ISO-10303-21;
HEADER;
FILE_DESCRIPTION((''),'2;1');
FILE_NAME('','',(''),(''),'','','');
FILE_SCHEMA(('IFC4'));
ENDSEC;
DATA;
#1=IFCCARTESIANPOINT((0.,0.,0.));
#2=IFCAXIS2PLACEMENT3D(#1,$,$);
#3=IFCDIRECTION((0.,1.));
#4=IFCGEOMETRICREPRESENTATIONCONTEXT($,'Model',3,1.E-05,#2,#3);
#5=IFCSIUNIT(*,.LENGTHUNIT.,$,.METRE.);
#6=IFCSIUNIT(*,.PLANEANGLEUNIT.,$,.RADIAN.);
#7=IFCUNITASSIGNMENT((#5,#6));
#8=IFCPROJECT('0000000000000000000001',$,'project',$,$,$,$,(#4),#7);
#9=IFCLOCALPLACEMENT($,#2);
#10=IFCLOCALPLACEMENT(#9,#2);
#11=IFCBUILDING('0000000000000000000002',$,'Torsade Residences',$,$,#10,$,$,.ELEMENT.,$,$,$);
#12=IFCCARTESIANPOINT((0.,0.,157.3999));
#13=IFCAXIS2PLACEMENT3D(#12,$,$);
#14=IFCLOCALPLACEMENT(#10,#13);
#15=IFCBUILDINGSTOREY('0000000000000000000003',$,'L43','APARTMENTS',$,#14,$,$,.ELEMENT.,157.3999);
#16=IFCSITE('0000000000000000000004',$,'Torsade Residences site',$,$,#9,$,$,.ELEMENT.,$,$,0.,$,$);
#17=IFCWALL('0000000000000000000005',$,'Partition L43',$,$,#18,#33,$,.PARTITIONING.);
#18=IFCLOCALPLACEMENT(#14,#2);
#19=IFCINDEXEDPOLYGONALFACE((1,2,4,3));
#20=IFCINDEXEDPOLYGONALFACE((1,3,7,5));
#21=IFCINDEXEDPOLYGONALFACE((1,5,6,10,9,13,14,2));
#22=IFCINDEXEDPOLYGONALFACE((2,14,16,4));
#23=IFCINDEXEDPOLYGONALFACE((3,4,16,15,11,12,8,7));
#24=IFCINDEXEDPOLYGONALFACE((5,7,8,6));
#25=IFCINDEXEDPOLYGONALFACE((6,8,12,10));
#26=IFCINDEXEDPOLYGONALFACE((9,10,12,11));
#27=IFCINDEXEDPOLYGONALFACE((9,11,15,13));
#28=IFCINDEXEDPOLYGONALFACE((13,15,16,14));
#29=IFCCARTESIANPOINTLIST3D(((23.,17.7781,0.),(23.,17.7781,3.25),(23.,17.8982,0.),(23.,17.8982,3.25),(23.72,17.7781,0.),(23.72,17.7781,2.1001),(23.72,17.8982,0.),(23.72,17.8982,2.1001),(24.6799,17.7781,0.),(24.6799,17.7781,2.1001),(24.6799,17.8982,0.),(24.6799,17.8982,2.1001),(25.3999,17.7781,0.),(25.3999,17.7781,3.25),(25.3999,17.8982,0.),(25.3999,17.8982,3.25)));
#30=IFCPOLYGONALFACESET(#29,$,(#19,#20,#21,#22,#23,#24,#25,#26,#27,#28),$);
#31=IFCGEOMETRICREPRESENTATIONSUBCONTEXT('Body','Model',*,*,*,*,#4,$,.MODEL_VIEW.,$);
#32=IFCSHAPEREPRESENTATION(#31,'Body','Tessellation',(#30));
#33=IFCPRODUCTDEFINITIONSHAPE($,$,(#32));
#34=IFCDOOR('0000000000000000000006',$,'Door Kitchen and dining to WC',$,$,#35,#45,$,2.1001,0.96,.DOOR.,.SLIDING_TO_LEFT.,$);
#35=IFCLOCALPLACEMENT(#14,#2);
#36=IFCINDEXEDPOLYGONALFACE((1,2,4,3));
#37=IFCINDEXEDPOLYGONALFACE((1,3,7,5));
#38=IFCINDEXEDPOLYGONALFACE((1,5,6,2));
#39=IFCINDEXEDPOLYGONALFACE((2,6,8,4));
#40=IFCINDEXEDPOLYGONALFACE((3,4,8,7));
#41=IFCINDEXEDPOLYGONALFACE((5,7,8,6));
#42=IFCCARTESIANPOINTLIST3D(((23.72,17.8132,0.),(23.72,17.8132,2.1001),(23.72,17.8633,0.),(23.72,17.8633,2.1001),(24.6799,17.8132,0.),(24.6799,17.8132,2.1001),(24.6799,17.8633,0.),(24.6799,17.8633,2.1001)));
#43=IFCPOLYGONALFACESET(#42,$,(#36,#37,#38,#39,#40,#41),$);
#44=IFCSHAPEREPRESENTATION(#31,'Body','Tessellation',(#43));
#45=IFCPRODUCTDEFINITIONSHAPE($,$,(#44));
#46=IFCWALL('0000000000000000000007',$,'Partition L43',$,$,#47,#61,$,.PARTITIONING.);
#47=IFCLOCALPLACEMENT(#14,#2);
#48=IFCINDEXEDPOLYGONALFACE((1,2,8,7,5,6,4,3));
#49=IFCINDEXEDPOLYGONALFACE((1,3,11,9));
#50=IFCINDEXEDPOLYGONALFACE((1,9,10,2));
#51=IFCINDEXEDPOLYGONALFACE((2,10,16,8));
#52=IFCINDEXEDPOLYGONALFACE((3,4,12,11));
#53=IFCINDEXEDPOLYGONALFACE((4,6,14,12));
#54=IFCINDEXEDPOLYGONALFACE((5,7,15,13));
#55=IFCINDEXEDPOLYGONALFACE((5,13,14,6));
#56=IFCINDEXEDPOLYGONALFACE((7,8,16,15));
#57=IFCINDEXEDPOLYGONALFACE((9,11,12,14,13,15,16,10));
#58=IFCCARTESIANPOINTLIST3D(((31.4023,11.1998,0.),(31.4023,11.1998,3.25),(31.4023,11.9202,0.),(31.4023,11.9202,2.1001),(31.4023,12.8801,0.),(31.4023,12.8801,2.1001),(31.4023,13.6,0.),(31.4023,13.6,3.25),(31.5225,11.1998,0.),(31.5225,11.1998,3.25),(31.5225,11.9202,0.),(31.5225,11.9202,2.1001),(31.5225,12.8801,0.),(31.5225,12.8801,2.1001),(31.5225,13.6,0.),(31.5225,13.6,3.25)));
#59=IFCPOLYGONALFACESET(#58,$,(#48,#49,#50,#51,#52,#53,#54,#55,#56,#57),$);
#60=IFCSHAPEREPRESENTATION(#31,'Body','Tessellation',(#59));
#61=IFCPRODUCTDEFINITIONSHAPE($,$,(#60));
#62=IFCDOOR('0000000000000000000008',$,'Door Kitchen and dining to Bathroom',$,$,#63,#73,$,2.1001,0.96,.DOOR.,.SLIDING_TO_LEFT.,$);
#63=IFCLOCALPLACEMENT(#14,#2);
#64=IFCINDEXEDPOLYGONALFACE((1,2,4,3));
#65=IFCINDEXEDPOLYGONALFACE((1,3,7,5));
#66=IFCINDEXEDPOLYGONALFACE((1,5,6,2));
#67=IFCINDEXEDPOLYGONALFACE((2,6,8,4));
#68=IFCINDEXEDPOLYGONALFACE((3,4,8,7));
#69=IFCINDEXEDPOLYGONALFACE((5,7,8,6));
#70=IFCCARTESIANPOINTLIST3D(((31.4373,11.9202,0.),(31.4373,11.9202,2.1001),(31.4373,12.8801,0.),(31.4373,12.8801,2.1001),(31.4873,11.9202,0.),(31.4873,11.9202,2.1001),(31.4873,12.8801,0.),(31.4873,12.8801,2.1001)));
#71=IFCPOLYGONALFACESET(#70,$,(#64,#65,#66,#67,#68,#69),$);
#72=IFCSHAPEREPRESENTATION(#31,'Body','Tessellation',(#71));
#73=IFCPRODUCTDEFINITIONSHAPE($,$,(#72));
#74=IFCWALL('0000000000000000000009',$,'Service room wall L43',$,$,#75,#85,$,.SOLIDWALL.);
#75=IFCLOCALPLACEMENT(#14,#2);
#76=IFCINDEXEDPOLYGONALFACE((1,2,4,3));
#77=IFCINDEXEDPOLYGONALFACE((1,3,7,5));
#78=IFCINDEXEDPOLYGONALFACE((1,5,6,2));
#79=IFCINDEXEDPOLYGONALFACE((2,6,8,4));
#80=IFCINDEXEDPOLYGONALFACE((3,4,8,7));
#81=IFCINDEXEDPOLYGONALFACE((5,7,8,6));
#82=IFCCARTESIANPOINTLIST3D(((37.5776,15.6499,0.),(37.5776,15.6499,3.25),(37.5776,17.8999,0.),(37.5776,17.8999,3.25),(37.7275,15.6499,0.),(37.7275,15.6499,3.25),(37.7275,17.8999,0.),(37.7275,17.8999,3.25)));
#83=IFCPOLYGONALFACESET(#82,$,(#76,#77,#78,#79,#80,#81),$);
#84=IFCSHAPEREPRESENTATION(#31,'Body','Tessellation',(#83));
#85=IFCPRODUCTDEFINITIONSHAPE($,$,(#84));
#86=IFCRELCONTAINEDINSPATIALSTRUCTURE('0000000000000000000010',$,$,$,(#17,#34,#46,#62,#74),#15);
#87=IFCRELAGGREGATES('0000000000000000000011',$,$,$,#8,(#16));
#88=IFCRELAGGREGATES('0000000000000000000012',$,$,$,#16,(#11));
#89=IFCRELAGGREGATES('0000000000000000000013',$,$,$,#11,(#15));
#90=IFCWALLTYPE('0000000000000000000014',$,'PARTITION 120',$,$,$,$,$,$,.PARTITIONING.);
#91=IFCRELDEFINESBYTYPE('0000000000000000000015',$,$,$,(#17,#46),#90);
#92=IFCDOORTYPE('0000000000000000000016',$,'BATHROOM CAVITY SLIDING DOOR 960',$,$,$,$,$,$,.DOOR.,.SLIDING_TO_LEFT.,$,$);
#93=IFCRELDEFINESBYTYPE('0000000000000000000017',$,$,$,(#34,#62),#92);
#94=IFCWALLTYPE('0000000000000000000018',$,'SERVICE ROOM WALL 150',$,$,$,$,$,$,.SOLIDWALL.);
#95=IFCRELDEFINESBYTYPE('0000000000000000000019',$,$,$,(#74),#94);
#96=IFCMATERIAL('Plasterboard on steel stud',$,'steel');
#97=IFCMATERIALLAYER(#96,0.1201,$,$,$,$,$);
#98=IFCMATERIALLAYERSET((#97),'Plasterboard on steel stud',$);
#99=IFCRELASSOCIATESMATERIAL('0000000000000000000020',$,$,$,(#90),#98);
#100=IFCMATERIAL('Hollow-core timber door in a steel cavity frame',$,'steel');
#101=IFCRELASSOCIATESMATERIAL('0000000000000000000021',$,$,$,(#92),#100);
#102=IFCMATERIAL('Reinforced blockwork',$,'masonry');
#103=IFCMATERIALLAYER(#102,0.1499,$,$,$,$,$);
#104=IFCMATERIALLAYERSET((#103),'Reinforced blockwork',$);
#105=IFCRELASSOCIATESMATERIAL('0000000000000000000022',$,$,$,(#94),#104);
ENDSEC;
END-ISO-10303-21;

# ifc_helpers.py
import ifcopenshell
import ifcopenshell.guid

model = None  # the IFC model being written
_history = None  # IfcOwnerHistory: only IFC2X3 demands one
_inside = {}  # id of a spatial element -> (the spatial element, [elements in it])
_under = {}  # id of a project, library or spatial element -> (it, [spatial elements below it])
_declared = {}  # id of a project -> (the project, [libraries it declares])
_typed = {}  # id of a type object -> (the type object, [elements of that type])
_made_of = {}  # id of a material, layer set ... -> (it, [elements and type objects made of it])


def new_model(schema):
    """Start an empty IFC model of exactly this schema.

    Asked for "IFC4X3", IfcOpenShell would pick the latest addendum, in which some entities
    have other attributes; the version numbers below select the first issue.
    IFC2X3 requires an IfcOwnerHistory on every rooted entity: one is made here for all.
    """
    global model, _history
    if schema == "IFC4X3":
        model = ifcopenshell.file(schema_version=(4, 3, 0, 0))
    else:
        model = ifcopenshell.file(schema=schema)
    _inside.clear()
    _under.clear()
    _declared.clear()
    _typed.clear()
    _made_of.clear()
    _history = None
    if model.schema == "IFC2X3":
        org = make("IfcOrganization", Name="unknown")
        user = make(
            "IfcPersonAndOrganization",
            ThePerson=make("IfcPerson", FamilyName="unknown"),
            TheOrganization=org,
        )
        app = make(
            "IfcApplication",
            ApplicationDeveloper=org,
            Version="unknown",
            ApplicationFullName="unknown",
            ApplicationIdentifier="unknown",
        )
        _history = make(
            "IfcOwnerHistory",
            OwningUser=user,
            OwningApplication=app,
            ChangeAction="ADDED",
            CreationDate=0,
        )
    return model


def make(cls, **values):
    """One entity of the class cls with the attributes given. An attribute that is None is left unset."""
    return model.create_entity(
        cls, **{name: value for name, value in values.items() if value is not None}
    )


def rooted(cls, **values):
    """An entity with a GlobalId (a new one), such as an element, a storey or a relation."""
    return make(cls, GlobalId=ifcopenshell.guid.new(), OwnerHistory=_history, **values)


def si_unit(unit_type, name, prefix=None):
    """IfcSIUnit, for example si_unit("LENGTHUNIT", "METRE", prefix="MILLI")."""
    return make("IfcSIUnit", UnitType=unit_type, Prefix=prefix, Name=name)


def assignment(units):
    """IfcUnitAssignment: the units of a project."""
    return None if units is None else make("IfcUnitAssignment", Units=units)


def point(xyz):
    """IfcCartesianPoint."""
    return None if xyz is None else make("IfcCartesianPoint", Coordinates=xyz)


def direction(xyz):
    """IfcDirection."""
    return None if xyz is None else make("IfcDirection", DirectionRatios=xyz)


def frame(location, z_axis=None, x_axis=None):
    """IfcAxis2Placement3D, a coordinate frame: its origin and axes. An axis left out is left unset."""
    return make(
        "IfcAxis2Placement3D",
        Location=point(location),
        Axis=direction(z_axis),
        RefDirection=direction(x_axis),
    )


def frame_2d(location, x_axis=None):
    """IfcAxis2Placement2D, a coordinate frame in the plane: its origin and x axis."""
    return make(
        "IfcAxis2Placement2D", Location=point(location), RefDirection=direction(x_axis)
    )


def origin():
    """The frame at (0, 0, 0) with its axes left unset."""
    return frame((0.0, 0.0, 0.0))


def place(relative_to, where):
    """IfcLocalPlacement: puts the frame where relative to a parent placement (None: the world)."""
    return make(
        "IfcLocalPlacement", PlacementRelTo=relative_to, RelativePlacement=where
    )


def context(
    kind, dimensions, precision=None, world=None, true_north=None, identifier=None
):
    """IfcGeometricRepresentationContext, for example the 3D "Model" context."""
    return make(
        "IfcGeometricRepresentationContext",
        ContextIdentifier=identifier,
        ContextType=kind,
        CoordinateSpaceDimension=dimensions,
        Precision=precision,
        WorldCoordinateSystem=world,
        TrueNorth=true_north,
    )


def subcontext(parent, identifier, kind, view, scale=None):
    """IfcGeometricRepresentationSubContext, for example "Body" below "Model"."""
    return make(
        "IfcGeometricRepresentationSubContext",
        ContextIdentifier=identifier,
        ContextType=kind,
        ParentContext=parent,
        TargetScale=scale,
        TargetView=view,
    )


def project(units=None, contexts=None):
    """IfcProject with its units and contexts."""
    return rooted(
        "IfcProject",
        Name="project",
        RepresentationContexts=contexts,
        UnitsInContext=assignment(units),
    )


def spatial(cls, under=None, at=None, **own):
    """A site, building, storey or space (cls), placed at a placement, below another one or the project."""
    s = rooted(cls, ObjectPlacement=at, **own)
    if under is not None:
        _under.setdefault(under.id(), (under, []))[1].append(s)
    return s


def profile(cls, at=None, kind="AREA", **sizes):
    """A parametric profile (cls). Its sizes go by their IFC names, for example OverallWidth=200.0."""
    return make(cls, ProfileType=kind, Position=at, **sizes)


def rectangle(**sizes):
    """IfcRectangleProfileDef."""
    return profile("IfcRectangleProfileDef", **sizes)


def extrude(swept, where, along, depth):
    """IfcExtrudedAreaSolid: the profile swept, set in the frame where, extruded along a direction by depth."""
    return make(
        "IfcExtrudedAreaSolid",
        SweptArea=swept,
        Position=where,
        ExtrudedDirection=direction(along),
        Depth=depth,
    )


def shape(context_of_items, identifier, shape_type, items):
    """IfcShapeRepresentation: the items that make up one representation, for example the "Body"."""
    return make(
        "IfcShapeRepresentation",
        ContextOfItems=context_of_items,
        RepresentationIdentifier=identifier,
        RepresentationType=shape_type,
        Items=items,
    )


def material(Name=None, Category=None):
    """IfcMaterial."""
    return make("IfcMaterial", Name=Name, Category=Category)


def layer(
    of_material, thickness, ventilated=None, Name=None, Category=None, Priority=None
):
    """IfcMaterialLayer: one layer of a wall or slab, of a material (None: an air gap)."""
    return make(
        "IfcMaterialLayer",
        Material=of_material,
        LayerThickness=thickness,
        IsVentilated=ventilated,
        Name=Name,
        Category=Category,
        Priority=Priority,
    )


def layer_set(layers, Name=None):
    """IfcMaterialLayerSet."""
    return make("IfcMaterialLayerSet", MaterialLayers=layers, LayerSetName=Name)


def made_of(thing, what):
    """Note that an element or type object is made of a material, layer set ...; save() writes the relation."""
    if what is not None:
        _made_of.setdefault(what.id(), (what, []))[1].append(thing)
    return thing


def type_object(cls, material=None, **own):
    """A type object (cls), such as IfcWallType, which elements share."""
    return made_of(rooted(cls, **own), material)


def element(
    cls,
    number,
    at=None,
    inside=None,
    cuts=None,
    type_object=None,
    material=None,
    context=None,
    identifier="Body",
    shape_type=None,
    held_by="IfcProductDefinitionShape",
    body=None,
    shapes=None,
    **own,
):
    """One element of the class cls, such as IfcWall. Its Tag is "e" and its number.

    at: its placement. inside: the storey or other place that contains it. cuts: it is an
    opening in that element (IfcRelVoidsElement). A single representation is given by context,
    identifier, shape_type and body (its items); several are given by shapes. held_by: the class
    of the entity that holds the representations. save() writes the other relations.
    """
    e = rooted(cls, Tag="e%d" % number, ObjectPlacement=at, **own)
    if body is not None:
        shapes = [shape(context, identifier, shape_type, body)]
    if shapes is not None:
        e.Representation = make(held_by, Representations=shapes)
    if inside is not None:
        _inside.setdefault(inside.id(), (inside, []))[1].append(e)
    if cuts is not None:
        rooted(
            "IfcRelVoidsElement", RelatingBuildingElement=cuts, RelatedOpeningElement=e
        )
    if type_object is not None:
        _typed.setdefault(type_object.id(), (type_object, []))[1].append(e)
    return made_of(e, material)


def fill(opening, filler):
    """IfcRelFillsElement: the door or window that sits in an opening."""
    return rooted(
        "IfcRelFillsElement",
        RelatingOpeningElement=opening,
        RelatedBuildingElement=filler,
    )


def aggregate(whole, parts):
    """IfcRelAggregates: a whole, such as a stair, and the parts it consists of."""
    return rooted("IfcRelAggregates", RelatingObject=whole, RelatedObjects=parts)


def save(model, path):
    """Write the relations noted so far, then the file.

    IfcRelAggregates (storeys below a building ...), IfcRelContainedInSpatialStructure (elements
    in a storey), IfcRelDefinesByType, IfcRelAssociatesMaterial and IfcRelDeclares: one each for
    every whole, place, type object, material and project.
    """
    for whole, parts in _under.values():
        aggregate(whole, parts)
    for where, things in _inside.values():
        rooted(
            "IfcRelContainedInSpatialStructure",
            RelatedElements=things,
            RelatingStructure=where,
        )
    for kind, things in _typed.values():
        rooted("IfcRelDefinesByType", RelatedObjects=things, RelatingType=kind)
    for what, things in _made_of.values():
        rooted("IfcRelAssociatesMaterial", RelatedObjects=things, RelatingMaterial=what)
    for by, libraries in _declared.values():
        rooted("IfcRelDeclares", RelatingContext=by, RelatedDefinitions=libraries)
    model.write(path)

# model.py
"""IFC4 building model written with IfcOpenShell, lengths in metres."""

from ifc_helpers import new_model, si_unit, direction, frame, frame_2d, origin, place, context, subcontext, project, spatial, rectangle, extrude, material, layer, layer_set, type_object, element, fill, save


model = new_model("IFC4")

# Units and contexts
model_context = context("Model", 3, precision=1e-05, world=origin(), true_north=direction((0.0, 1.0)))
body_context = subcontext(model_context, "Body", "Model", "MODEL_VIEW")
ifc_project = project(units=[si_unit("LENGTHUNIT", "METRE"), si_unit("PLANEANGLEUNIT", "RADIAN")], contexts=[model_context])

# Site, building, storey
site_placement = place(None, origin())
site = spatial("IfcSite", under=ifc_project, at=site_placement, Name="Torsade Residences site", CompositionType="ELEMENT", RefElevation=0.0)
building_placement = place(site_placement, origin())
building = spatial("IfcBuilding", under=site, at=building_placement, Name="Torsade Residences", CompositionType="ELEMENT")
storey_placement = place(building_placement, frame((0.0, 0.0, 157.3999)))
storey = spatial("IfcBuildingStorey", under=building, at=storey_placement, Name="L43", Description="APARTMENTS", CompositionType="ELEMENT", Elevation=157.3999)

# Walls, openings, doors
ifc_material_1 = material(Name="Plasterboard on steel stud", Category="steel")
ifc_layer_1 = layer(ifc_material_1, 0.1201)
ifc_layer_set_1 = layer_set([ifc_layer_1], Name="Plasterboard on steel stud")
wall_type_1 = type_object("IfcWallType", Name="PARTITION 120", PredefinedType="PARTITIONING", material=ifc_layer_set_1)
wall_1_placement = place(storey_placement, frame((25.3999, 17.8381, 0.0), z_axis=(0.0, 0.0, 1.0), x_axis=(-1.0, 0.0, 0.0)))
wall_1 = element("IfcWall", 1, at=wall_1_placement, inside=storey, type_object=wall_type_1, Name="Partition L43", PredefinedType="PARTITIONING", context=body_context, shape_type="SweptSolid", body=[
    extrude(rectangle(XDim=2.3999, YDim=0.1201, at=frame_2d((1.2, 0.0))), origin(), (0.0, 0.0, 1.0), 3.25),
])
opening_1_placement = place(wall_1_placement, frame((0.72, 0.0, 0.0)))
opening_1 = element("IfcOpeningElement", 2, at=opening_1_placement, cuts=wall_1, PredefinedType="OPENING", context=body_context, shape_type="SweptSolid", body=[
    extrude(rectangle(XDim=0.96, YDim=2.1001, at=frame_2d((0.48, 1.05))), frame((0.0, 0.0701, 0.0), z_axis=(0.0, -1.0, 0.0), x_axis=(1.0, 0.0, 0.0)), (0.0, 0.0, 1.0), 0.1401),
])
ifc_material_2 = material(Name="Hollow-core timber door in a steel cavity frame", Category="steel")
door_type_1 = type_object("IfcDoorType", Name="BATHROOM CAVITY SLIDING DOOR 960", OperationType="SLIDING_TO_LEFT", PredefinedType="DOOR", material=ifc_material_2)
door_1_placement = place(opening_1_placement, origin())
door_1 = element("IfcDoor", 3, at=door_1_placement, inside=storey, type_object=door_type_1, Name="Door Kitchen and dining to WC", OperationType="SLIDING_TO_LEFT", OverallHeight=2.1001, OverallWidth=0.96, PredefinedType="DOOR", context=body_context, shape_type="SweptSolid", body=[
    extrude(rectangle(XDim=0.96, YDim=2.1001, at=frame_2d((0.48, 1.05))), frame((0.0, 0.0249, 0.0), z_axis=(0.0, -1.0, 0.0), x_axis=(1.0, 0.0, 0.0)), (0.0, 0.0, 1.0), 0.05),
])
fill(opening_1, door_1)
wall_2_placement = place(storey_placement, frame((31.4624, 13.6001, 0.0), z_axis=(0.0, 0.0, 1.0), x_axis=(0.0, -1.0, 0.0)))
wall_2 = element("IfcWall", 4, at=wall_2_placement, inside=storey, type_object=wall_type_1, Name="Partition L43", PredefinedType="PARTITIONING", context=body_context, shape_type="SweptSolid", body=[
    extrude(rectangle(XDim=2.4001, YDim=0.1201, at=frame_2d((1.2002, 0.0))), origin(), (0.0, 0.0, 1.0), 3.25),
])
opening_2_placement = place(wall_2_placement, frame((0.72, 0.0, 0.0)))
opening_2 = element("IfcOpeningElement", 5, at=opening_2_placement, cuts=wall_2, PredefinedType="OPENING", context=body_context, shape_type="SweptSolid", body=[
    extrude(rectangle(XDim=0.96, YDim=2.1001, at=frame_2d((0.48, 1.05))), frame((0.0, 0.0701, 0.0), z_axis=(0.0, -1.0, 0.0), x_axis=(1.0, 0.0, 0.0)), (0.0, 0.0, 1.0), 0.1401),
])
door_2_placement = place(opening_2_placement, origin())
door_2 = element("IfcDoor", 6, at=door_2_placement, inside=storey, type_object=door_type_1, Name="Door Kitchen and dining to Bathroom", OperationType="SLIDING_TO_LEFT", OverallHeight=2.1001, OverallWidth=0.96, PredefinedType="DOOR", context=body_context, shape_type="SweptSolid", body=[
    extrude(rectangle(XDim=0.96, YDim=2.1001, at=frame_2d((0.48, 1.05))), frame((0.0, 0.0249, 0.0), z_axis=(0.0, -1.0, 0.0), x_axis=(1.0, 0.0, 0.0)), (0.0, 0.0, 1.0), 0.05),
])
fill(opening_2, door_2)

# Wall
ifc_material_3 = material(Name="Reinforced blockwork", Category="masonry")
ifc_layer_2 = layer(ifc_material_3, 0.1499)
ifc_layer_set_2 = layer_set([ifc_layer_2], Name="Reinforced blockwork")
wall_type_2 = type_object("IfcWallType", Name="SERVICE ROOM WALL 150", PredefinedType="SOLIDWALL", material=ifc_layer_set_2)
wall_3_placement = place(storey_placement, frame((37.6526, 15.6499, 0.0), z_axis=(0.0, 0.0, 1.0), x_axis=(0.0, 1.0, 0.0)))
element("IfcWall", 7, at=wall_3_placement, inside=storey, type_object=wall_type_2, Name="Service room wall L43", PredefinedType="SOLIDWALL", context=body_context, shape_type="SweptSolid", body=[
    extrude(rectangle(XDim=2.25, YDim=0.1499, at=frame_2d((1.125, 0.0))), origin(), (0.0, 0.0, 1.0), 3.25),
])

save(model, "model.ifc")
